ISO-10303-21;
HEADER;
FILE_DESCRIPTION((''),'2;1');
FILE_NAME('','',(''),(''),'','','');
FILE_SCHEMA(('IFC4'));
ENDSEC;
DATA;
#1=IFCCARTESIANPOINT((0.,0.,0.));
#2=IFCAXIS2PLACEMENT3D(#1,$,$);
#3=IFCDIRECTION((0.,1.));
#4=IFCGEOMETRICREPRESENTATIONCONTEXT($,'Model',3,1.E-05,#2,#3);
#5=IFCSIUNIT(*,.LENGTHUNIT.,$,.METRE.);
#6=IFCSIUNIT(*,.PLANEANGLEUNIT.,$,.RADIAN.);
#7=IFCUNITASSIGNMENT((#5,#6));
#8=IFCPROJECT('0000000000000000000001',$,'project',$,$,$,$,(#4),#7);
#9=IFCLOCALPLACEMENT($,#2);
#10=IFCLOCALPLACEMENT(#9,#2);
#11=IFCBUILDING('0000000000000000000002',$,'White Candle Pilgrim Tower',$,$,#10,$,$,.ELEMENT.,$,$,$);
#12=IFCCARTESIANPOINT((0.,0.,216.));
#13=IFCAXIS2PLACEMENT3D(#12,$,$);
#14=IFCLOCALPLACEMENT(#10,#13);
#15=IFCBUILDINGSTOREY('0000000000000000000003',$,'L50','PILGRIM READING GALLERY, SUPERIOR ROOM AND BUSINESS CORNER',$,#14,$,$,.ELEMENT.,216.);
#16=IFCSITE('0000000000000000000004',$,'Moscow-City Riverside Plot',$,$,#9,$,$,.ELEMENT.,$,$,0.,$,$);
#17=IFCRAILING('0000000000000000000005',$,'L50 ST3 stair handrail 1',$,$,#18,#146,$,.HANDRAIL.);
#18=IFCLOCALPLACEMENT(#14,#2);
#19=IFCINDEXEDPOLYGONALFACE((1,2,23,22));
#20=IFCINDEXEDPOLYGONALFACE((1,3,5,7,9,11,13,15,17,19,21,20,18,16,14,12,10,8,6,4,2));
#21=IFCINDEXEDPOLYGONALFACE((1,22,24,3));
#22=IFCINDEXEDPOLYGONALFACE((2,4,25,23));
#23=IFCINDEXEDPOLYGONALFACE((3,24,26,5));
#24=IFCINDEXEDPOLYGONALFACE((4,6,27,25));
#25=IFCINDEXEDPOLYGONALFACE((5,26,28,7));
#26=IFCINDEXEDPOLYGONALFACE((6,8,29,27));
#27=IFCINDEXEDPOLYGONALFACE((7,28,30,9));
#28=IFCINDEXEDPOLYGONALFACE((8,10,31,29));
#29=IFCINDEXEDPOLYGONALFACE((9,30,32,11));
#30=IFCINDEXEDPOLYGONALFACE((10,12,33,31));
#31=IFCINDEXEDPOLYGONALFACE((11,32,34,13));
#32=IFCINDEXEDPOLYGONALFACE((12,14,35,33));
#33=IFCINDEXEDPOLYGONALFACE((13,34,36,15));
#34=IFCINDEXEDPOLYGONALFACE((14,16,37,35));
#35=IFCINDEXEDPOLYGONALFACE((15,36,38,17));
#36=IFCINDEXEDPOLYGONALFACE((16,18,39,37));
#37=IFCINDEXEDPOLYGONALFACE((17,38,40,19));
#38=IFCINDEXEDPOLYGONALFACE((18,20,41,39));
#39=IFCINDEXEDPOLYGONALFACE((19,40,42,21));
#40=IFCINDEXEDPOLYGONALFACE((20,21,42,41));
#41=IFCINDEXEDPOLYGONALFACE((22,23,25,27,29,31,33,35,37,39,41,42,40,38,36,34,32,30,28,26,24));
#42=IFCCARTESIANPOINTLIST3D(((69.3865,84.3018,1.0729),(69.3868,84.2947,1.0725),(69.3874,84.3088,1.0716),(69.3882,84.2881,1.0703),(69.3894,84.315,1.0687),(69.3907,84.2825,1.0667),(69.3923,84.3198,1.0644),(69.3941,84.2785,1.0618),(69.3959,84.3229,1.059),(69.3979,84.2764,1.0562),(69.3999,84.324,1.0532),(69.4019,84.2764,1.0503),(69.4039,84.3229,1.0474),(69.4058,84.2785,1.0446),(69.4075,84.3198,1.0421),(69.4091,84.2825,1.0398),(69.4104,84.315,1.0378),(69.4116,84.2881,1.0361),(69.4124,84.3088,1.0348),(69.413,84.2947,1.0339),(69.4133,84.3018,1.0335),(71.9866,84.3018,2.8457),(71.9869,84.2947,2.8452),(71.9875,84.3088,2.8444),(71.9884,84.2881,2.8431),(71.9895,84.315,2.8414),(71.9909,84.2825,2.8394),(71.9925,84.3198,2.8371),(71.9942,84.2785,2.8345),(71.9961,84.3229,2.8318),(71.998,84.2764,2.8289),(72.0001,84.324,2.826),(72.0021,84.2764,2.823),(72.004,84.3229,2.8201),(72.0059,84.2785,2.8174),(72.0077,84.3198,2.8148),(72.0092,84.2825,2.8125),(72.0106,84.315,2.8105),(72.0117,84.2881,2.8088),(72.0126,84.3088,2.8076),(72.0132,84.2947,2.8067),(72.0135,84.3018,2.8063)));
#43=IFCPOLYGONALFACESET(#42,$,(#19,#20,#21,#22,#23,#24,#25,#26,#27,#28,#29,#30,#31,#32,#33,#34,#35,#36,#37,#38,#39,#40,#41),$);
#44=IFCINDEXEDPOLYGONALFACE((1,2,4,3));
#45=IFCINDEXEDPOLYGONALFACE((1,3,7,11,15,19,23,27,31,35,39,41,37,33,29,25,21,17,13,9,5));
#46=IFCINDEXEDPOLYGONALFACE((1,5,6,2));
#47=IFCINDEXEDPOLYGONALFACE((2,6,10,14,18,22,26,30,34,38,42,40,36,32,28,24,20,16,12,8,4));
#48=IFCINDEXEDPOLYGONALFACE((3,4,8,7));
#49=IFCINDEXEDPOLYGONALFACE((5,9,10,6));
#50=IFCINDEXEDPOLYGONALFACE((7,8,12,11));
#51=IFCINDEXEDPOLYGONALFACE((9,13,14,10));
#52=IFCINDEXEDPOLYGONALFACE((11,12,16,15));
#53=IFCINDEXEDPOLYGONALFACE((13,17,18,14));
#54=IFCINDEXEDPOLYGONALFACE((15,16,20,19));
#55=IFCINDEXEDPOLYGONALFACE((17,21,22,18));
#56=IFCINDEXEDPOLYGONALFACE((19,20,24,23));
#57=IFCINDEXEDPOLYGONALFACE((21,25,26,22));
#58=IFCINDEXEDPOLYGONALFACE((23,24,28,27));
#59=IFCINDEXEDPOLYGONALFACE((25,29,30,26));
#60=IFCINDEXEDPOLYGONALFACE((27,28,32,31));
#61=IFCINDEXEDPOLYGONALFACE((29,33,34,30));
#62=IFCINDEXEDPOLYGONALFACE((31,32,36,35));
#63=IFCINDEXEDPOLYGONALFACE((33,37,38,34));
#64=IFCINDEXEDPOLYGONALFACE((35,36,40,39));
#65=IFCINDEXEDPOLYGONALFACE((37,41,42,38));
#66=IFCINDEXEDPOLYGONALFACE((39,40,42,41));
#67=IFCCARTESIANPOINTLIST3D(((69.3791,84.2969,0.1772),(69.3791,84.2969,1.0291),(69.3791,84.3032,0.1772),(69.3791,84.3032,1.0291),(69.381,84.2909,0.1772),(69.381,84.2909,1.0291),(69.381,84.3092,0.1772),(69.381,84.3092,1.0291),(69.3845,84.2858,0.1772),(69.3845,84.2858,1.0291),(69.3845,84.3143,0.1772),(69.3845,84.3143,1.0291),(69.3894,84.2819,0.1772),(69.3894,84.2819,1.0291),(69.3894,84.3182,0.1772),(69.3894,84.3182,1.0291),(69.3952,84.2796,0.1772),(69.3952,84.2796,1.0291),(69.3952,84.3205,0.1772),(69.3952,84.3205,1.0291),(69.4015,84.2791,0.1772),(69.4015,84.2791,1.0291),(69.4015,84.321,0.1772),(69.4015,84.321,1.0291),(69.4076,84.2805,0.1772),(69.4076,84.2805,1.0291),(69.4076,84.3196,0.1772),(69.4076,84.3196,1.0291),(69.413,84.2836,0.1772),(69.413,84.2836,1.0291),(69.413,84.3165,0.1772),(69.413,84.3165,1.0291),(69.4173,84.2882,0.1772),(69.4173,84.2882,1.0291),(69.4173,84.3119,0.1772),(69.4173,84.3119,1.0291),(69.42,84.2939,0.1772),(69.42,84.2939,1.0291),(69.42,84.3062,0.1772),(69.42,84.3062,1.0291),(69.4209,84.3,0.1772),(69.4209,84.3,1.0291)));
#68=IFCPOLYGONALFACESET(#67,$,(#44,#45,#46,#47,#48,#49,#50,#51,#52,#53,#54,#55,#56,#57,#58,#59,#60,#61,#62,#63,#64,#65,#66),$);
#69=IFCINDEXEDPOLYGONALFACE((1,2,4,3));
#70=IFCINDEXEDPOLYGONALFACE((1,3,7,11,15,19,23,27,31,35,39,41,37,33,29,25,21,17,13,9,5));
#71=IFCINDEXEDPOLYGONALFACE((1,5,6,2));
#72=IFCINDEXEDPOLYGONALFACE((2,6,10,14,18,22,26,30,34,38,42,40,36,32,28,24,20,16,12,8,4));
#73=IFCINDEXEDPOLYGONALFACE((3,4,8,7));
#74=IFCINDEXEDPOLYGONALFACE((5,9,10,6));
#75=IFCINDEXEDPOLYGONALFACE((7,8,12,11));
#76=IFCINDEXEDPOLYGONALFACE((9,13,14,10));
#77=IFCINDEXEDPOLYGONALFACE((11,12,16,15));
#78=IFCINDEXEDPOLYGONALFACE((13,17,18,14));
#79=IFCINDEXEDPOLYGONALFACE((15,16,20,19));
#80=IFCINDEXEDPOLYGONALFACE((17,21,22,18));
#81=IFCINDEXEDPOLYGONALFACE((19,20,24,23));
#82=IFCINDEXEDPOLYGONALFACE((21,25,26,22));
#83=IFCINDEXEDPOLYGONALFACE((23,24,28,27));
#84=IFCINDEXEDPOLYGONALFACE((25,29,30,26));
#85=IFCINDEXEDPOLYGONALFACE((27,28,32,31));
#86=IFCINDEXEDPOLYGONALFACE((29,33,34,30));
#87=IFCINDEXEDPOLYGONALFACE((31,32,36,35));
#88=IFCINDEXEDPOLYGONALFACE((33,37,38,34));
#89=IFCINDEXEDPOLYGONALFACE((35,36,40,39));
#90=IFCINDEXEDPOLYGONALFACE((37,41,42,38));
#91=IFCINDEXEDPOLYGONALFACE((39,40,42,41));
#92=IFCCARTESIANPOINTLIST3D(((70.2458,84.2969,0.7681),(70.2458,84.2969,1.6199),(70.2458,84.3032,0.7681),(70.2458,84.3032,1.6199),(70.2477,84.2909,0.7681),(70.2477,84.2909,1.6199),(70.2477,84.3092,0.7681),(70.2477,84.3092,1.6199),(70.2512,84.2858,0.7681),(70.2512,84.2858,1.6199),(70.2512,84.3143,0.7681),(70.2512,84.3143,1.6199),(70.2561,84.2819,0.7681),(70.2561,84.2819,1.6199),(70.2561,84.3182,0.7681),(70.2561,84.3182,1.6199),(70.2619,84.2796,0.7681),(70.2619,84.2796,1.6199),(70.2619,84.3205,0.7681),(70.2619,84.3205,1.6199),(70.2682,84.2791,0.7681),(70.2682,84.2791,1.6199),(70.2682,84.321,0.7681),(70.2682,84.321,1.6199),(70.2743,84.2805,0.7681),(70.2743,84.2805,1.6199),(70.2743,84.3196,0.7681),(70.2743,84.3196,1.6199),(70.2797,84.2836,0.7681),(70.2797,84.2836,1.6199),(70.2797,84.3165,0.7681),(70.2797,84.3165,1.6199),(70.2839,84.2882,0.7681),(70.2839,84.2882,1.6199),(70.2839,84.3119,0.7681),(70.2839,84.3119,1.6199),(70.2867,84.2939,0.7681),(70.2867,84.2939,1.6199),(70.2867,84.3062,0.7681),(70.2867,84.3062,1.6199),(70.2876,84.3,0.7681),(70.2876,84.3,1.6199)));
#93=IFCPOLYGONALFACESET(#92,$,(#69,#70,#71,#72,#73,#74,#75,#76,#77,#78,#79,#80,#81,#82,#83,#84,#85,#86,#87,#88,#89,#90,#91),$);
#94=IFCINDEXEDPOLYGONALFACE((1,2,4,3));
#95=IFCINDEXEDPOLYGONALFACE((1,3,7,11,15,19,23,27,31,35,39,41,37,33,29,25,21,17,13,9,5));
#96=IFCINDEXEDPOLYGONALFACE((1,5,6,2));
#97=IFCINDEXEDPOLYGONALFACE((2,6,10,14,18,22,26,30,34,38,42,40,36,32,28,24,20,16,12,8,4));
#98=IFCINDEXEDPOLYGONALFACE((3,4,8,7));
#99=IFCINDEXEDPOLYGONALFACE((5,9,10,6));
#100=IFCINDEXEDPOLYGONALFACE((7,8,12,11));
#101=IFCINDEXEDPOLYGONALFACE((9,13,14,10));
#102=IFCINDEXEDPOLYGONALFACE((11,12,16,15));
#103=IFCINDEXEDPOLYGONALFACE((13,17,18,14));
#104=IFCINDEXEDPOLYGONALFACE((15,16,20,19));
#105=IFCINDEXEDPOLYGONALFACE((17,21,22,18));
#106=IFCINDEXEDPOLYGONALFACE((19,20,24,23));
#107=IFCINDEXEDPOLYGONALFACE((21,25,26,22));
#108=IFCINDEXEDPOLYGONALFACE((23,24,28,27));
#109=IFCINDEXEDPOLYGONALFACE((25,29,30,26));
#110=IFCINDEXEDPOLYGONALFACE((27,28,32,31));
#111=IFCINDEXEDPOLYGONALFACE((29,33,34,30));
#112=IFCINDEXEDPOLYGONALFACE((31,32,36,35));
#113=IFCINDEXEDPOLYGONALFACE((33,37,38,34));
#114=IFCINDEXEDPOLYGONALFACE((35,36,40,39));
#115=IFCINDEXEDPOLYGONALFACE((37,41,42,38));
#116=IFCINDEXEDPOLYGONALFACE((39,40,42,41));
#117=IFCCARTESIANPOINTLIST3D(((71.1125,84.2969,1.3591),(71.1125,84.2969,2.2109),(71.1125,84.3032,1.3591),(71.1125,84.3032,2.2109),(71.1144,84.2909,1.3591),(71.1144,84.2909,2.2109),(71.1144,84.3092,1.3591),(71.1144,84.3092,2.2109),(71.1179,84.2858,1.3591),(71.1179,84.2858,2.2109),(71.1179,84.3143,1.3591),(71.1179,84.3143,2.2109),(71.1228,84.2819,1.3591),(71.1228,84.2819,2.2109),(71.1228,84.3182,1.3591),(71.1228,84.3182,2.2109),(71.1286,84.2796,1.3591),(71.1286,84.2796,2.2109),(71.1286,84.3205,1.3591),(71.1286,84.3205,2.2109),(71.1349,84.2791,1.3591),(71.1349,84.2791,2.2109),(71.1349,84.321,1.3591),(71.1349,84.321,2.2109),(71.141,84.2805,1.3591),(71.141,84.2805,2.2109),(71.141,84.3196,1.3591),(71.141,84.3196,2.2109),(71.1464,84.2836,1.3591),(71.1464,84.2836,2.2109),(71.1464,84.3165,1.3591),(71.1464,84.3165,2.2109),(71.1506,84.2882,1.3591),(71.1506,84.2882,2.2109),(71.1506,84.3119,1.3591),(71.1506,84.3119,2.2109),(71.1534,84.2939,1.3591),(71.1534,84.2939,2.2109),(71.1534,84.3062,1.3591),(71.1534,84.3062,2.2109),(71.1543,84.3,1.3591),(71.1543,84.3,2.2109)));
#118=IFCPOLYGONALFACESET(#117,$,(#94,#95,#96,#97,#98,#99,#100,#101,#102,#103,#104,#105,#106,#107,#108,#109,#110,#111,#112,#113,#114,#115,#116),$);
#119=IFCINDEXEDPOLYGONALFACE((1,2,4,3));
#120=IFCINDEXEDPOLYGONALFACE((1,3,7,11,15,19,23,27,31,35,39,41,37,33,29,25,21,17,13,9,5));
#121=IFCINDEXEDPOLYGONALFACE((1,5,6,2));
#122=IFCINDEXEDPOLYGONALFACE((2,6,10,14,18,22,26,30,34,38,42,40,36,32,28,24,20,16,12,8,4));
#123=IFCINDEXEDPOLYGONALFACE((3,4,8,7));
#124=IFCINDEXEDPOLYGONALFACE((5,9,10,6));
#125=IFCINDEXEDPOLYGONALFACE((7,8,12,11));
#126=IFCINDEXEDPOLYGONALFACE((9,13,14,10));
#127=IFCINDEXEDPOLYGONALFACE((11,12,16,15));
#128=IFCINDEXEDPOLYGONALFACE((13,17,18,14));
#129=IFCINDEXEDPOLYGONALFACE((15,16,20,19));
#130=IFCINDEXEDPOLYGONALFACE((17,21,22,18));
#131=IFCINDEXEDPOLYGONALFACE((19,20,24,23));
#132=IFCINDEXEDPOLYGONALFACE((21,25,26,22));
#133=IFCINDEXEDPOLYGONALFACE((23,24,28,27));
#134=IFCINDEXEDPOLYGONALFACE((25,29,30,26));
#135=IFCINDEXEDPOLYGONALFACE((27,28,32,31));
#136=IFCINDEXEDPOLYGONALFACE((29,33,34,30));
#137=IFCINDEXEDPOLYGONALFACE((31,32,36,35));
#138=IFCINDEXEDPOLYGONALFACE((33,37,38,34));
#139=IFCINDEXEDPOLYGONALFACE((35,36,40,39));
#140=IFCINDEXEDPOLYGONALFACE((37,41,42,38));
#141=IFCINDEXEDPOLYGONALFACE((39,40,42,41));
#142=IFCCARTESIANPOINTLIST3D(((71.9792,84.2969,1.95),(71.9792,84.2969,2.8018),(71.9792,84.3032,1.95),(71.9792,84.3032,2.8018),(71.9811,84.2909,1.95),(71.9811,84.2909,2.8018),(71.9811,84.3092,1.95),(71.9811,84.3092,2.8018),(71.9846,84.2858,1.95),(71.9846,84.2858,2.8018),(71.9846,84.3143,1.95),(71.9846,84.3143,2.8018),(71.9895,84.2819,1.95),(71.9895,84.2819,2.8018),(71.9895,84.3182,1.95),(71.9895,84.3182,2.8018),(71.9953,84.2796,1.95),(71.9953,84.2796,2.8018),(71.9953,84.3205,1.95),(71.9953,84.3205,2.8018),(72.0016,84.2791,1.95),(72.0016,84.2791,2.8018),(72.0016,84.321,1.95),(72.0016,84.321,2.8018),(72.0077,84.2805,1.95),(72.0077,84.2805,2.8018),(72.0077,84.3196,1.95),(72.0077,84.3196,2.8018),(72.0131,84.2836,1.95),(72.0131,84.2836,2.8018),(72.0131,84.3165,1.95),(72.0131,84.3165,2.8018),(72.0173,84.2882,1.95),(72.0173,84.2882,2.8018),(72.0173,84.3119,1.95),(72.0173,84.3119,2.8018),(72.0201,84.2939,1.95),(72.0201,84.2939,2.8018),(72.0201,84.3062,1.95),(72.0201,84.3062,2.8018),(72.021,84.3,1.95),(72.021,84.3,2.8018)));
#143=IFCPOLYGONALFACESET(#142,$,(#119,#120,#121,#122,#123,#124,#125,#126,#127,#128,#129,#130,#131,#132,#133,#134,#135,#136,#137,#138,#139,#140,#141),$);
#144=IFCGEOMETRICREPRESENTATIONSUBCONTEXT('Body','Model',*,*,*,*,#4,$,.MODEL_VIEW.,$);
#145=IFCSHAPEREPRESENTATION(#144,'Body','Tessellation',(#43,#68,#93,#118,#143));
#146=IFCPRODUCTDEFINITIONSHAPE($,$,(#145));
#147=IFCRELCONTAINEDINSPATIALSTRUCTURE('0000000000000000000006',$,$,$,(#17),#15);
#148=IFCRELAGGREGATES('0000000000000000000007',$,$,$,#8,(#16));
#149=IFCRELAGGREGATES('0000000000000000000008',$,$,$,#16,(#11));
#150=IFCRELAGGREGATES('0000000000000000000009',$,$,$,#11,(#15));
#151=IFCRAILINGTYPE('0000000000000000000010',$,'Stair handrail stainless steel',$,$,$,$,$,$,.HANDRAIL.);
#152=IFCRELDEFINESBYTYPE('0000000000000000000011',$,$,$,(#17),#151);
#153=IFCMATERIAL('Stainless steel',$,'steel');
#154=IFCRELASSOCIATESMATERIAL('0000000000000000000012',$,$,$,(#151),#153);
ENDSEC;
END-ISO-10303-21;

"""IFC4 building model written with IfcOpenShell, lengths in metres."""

from ifc_helpers import new_model, si_unit, direction, frame, origin, origin_2d, place, context, subcontext, project, spatial, circle, extrude, material, type_object, element, save


model = new_model("IFC4")

# Units and contexts
model_context = context("Model", 3, precision=1e-05, world=origin(), true_north=direction((0.0, 1.0)))
body_context = subcontext(model_context, "Body", "Model", "MODEL_VIEW")
ifc_project = project(units=[si_unit("LENGTHUNIT", "METRE"), si_unit("PLANEANGLEUNIT", "RADIAN")], contexts=[model_context])

# Site, building, storey
site_placement = place(None, origin())
site = spatial("IfcSite", under=ifc_project, at=site_placement, Name="Moscow-City Riverside Plot", CompositionType="ELEMENT", RefElevation=0.0)
building_placement = place(site_placement, origin())
building = spatial("IfcBuilding", under=site, at=building_placement, Name="White Candle Pilgrim Tower", CompositionType="ELEMENT")
storey_placement = place(building_placement, frame((0.0, 0.0, 216.0)))
storey = spatial("IfcBuildingStorey", under=building, at=storey_placement, Name="L50", Description="PILGRIM READING GALLERY, SUPERIOR ROOM AND BUSINESS CORNER", CompositionType="ELEMENT", Elevation=216.0)

# Railing
ifc_material_1 = material(Name="Stainless steel", Category="steel")
railing_type_1 = type_object("IfcRailingType", Name="Stair handrail stainless steel", PredefinedType="HANDRAIL", material=ifc_material_1)
railing_1_placement = place(storey_placement, frame((69.3999, 84.3, 0.1772)))
element("IfcRailing", 1, at=railing_1_placement, inside=storey, type_object=railing_type_1, Name="L50 ST3 stair handrail 1", PredefinedType="HANDRAIL", context=body_context, shape_type="SweptSolid", body=[
    extrude(circle(Radius=0.0239, at=origin_2d()), frame((0.0, 0.0, 0.876), z_axis=(0.82624, 0.0, 0.563318), x_axis=(0.0, 1.0, 0.0)), (0.0, 0.0, 1.0), 3.147),
    extrude(circle(Radius=0.021, at=origin_2d()), origin(), (0.0, 0.0, 1.0), 0.8518),
    extrude(circle(Radius=0.021, at=origin_2d()), frame((0.8667, 0.0, 0.5908)), (0.0, 0.0, 1.0), 0.8518),
    extrude(circle(Radius=0.021, at=origin_2d()), frame((1.7334, 0.0, 1.1819)), (0.0, 0.0, 1.0), 0.8518),
    extrude(circle(Radius=0.021, at=origin_2d()), frame((2.6001, 0.0, 1.7727)), (0.0, 0.0, 1.0), 0.8518),
])

save(model, "model.ifc")
